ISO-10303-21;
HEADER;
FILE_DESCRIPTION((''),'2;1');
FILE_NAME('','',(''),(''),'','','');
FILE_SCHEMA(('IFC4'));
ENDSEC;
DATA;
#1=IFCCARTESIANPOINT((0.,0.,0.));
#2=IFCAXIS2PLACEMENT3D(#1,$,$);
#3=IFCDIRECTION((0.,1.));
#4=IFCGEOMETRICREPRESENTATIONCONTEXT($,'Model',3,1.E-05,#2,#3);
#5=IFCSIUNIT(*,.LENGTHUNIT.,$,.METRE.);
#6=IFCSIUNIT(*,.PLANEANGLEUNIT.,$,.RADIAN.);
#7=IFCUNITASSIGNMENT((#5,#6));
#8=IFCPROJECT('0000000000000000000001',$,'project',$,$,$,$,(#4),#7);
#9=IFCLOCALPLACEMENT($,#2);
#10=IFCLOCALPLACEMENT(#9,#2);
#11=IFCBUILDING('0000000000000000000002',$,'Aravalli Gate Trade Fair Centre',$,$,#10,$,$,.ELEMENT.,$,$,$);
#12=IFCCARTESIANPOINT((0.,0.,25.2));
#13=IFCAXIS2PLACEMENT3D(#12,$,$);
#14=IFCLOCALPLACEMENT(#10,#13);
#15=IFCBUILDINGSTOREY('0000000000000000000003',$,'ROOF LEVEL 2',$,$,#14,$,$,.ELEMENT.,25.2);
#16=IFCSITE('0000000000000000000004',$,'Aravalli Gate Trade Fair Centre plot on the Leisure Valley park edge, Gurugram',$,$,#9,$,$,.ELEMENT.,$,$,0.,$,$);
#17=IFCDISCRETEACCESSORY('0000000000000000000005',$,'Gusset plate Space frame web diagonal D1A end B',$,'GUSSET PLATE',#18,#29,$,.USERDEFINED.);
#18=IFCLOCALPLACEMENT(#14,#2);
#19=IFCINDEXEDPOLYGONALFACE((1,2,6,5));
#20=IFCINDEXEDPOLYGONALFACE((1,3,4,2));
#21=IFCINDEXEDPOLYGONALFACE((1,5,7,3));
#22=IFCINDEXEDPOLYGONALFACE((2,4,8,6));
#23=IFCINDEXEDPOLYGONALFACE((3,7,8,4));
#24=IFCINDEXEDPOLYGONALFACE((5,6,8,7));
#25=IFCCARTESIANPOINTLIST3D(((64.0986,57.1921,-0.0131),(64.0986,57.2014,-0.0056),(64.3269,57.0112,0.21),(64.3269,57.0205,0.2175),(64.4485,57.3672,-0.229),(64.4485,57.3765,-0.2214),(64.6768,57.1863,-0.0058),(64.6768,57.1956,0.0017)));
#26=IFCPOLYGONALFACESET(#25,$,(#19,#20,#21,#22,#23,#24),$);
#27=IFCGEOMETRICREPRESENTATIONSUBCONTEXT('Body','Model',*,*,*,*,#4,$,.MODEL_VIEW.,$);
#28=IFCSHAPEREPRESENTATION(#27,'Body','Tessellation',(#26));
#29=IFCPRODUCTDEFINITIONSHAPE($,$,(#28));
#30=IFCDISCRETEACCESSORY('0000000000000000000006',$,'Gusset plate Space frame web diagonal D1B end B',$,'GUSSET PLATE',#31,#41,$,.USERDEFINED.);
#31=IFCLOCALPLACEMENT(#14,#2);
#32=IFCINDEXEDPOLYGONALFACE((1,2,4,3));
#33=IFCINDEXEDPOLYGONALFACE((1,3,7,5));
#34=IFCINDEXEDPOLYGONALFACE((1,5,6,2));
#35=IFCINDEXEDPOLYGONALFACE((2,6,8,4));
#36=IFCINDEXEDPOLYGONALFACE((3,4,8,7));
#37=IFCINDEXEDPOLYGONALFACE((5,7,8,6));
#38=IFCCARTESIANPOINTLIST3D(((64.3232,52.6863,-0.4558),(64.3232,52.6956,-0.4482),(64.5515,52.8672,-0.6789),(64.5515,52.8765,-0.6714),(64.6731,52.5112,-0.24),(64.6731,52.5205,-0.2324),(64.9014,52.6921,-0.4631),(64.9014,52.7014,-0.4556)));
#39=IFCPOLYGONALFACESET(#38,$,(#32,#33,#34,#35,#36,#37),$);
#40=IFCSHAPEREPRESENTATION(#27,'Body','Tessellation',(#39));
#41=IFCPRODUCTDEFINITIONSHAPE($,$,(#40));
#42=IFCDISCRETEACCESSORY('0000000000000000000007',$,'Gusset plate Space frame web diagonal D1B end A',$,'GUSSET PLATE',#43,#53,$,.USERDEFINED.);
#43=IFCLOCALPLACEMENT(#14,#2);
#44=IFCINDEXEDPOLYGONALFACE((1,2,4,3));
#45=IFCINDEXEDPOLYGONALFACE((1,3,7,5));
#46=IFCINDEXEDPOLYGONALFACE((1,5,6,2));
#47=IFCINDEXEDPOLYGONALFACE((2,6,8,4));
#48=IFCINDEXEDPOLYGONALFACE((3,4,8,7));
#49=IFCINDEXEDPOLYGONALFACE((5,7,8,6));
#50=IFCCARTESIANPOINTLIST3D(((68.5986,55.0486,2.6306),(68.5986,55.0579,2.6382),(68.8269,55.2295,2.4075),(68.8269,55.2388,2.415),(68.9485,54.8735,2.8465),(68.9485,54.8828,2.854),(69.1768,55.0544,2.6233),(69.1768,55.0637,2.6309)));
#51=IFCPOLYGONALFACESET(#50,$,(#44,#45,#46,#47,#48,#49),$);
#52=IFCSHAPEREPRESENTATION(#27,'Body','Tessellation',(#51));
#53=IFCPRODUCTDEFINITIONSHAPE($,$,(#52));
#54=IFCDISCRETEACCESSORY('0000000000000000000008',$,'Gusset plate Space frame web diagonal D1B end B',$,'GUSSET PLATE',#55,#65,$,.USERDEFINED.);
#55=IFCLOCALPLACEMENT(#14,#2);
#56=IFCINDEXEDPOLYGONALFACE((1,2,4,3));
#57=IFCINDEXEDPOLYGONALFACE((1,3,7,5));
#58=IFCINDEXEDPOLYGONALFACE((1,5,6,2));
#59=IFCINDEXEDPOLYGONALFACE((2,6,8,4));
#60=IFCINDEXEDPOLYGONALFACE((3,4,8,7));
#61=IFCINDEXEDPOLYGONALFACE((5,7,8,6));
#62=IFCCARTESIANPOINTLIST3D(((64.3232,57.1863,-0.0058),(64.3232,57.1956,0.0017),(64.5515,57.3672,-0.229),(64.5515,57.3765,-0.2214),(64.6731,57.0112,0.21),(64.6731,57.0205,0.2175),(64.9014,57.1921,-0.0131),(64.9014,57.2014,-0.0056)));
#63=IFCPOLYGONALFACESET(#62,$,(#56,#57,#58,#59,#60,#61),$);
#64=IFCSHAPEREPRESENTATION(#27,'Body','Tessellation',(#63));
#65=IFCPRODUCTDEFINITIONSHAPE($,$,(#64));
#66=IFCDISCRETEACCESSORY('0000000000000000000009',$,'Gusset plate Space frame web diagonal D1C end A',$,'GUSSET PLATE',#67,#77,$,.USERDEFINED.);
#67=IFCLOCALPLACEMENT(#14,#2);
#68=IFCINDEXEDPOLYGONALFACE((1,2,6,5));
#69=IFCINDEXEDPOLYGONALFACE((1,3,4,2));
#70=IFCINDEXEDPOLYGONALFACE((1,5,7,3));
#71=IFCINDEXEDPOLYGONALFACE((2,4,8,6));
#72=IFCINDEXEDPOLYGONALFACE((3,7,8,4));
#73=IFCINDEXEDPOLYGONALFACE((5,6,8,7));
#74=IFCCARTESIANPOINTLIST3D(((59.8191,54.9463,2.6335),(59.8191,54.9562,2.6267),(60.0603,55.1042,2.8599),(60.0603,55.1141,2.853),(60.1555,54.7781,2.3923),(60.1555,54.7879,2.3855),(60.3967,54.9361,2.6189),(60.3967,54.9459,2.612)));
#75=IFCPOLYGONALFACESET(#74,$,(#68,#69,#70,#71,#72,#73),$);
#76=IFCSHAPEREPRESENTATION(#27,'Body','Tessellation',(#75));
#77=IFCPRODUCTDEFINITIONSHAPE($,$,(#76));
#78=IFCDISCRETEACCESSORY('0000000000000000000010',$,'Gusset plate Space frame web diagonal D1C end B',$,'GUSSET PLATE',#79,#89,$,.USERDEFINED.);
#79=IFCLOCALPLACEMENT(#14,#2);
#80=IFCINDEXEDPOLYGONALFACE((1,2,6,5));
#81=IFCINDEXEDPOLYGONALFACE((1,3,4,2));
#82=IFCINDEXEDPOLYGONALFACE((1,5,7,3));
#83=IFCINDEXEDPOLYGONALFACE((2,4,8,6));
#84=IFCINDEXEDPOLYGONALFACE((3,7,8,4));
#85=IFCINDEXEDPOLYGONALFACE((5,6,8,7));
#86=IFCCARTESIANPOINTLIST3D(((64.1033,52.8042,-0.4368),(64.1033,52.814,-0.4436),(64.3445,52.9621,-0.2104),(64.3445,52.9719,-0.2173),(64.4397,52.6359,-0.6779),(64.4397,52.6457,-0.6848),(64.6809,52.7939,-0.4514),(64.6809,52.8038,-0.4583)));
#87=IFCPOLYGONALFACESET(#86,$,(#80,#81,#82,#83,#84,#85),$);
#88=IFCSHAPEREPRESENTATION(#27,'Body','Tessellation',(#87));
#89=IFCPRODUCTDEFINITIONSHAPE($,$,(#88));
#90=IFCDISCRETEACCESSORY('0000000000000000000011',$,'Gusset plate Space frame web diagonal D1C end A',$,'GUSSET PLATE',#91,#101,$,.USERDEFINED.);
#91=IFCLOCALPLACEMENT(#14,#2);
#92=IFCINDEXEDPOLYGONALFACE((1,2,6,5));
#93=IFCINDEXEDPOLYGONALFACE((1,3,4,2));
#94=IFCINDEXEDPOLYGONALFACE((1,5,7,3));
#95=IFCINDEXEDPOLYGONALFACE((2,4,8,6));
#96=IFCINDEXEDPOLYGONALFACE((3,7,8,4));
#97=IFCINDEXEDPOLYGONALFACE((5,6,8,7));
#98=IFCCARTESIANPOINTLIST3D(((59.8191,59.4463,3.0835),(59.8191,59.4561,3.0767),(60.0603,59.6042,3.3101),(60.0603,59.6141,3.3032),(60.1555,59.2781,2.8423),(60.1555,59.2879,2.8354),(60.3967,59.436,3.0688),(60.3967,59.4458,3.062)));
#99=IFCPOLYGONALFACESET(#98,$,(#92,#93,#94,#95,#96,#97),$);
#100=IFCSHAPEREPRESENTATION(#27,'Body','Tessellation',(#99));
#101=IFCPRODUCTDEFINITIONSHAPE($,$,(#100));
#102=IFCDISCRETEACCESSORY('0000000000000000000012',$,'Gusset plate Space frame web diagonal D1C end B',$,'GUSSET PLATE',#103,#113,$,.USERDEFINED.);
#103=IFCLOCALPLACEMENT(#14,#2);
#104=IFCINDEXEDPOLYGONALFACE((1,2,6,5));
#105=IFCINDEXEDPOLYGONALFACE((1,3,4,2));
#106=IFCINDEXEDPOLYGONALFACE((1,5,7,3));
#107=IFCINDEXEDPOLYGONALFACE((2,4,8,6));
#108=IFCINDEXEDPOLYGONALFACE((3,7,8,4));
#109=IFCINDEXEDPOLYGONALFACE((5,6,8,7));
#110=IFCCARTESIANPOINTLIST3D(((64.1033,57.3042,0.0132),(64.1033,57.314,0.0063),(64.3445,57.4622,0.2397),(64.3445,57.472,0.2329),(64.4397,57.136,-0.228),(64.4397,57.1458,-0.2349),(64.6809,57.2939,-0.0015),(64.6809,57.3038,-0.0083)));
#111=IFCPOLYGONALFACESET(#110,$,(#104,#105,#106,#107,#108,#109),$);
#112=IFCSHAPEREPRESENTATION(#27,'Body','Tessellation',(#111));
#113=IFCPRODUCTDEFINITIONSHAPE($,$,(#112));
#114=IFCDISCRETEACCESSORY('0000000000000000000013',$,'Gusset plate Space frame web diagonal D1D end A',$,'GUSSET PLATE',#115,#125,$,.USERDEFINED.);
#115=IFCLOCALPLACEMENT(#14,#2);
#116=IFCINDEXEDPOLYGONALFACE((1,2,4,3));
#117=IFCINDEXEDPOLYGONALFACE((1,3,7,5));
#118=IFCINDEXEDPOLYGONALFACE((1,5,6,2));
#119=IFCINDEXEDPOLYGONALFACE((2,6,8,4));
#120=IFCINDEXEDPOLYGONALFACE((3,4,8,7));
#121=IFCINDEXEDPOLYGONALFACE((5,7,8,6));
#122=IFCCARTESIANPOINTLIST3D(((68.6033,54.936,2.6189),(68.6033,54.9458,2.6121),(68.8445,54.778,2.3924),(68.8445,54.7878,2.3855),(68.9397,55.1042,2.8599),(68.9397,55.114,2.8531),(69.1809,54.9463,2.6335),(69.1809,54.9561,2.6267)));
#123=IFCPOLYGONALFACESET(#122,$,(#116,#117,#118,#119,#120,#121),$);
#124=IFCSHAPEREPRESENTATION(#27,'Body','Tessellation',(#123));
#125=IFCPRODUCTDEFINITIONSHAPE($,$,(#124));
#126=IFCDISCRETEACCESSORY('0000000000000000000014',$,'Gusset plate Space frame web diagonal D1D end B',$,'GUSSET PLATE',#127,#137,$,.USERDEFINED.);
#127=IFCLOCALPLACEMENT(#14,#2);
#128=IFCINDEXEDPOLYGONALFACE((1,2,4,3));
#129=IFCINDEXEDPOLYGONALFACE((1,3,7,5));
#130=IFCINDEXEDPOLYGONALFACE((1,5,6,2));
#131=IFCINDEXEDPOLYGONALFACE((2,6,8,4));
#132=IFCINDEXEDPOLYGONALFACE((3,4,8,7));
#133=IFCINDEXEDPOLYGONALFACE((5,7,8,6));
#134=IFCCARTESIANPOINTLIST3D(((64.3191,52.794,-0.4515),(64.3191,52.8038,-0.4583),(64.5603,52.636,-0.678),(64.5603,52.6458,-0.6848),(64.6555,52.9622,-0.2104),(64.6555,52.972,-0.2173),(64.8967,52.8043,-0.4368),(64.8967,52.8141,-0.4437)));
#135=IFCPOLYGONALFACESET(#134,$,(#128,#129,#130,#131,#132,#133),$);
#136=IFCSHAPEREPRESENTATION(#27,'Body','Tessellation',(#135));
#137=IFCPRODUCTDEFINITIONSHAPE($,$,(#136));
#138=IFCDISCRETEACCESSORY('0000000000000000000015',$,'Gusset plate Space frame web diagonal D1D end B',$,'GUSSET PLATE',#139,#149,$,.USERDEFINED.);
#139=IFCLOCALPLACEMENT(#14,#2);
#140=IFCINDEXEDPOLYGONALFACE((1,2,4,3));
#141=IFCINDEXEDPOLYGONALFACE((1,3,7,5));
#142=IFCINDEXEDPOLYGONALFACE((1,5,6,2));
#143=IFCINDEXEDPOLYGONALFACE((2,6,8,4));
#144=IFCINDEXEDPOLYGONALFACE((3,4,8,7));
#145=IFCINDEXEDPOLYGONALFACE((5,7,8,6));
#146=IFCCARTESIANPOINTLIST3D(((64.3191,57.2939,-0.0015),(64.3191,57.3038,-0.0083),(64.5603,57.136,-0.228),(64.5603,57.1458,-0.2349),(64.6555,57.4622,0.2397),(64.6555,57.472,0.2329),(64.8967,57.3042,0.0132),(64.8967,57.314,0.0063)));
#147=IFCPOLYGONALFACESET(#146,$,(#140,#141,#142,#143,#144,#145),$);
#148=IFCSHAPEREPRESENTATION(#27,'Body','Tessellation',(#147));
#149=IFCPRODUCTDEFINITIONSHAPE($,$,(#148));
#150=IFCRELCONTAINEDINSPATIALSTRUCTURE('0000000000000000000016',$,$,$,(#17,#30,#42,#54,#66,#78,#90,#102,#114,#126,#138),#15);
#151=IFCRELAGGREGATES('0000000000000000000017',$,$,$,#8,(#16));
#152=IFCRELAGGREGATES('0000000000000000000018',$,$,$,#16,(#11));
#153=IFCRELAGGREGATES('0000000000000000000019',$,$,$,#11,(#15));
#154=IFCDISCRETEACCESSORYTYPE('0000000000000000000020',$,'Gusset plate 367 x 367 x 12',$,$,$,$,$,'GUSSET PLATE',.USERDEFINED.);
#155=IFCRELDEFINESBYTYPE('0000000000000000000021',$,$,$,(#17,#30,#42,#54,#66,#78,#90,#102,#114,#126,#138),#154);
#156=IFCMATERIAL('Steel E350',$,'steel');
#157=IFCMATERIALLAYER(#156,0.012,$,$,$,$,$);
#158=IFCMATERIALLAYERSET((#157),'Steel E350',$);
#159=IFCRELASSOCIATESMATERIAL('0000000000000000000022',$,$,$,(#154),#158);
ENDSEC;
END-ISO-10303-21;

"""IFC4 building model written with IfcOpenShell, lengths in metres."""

from ifc_helpers import new_model, si_unit, direction, frame, origin, place, context, subcontext, project, spatial, polyline, outline, extrude, material, layer, layer_set, type_object, element, save


model = new_model("IFC4")

# Units and contexts
model_context = context("Model", 3, precision=1e-05, world=origin(), true_north=direction((0.0, 1.0)))
body_context = subcontext(model_context, "Body", "Model", "MODEL_VIEW")
ifc_project = project(units=[si_unit("LENGTHUNIT", "METRE"), si_unit("PLANEANGLEUNIT", "RADIAN")], contexts=[model_context])

# Site, building, storey
site_placement = place(None, origin())
site = spatial("IfcSite", under=ifc_project, at=site_placement, Name="Aravalli Gate Trade Fair Centre plot on the Leisure Valley park edge, Gurugram", CompositionType="ELEMENT", RefElevation=0.0)
building_placement = place(site_placement, origin())
building = spatial("IfcBuilding", under=site, at=building_placement, Name="Aravalli Gate Trade Fair Centre", CompositionType="ELEMENT")
storey_placement = place(building_placement, frame((0.0, 0.0, 25.2)))
storey = spatial("IfcBuildingStorey", under=building, at=storey_placement, Name="ROOF LEVEL 2", CompositionType="ELEMENT", Elevation=25.2)

# Shared definitions
ifc_material = material(Name="Steel E350", Category="steel")

# Discrete accessories
ifc_layer = layer(ifc_material, 0.012)
ifc_layer_set = layer_set([ifc_layer], Name="Steel E350")
discrete_accessory_type = type_object("IfcDiscreteAccessoryType", Name="Gusset plate 367 x 367 x 12", ElementType="GUSSET PLATE", PredefinedType="USERDEFINED", material=ifc_layer_set)
discrete_accessory_1_placement = place(storey_placement, frame((64.0986, 57.2014, -0.0056), z_axis=(-0.000107, 0.776736, 0.629826), x_axis=(0.783044, 0.391795, -0.48305)))
element("IfcDiscreteAccessory", 1, at=discrete_accessory_1_placement, inside=storey, type_object=discrete_accessory_type, Name="Gusset plate Space frame web diagonal D1A end B", ObjectType="GUSSET PLATE", PredefinedType="USERDEFINED", context=body_context, shape_type="SweptSolid", body=[
    extrude(outline(polyline([(0.0, 0.0), (0.4468, 0.0), (0.4469, -0.3669), (0.0001, -0.3669), (0.0, 0.0)])), origin(), (0.0, 0.0, -1.0), 0.012),
])
discrete_accessory_2_placement = place(storey_placement, frame((64.6731, 52.5205, -0.2324), z_axis=(0.000107, 0.776736, 0.629826), x_axis=(-0.783044, 0.391795, -0.48305)))
element("IfcDiscreteAccessory", 2, at=discrete_accessory_2_placement, inside=storey, type_object=discrete_accessory_type, Name="Gusset plate Space frame web diagonal D1B end B", ObjectType="GUSSET PLATE", PredefinedType="USERDEFINED", context=body_context, shape_type="SweptSolid", body=[
    extrude(outline(polyline([(0.0, 0.0), (0.4468, 0.0), (0.4467, -0.3669), (-0.0001, -0.3669), (0.0, 0.0)])), origin(), (0.0, 0.0, -1.0), 0.012),
])
discrete_accessory_3_placement = place(storey_placement, frame((68.5986, 55.0579, 2.6382), z_axis=(0.000107, 0.776736, 0.629826), x_axis=(0.783044, -0.391795, 0.48305)))
element("IfcDiscreteAccessory", 3, at=discrete_accessory_3_placement, inside=storey, type_object=discrete_accessory_type, Name="Gusset plate Space frame web diagonal D1B end A", ObjectType="GUSSET PLATE", PredefinedType="USERDEFINED", context=body_context, shape_type="SweptSolid", body=[
    extrude(outline(polyline([(0.0, 0.0), (0.4468, 0.0), (0.4469, 0.3669), (0.0001, 0.3669), (0.0, 0.0)])), origin(), (0.0, 0.0, -1.0), 0.012),
])
discrete_accessory_4_placement = place(storey_placement, frame((64.6731, 57.0205, 0.2175), z_axis=(0.000107, 0.776736, 0.629826), x_axis=(-0.783044, 0.391795, -0.48305)))
element("IfcDiscreteAccessory", 4, at=discrete_accessory_4_placement, inside=storey, type_object=discrete_accessory_type, Name="Gusset plate Space frame web diagonal D1B end B", ObjectType="GUSSET PLATE", PredefinedType="USERDEFINED", context=body_context, shape_type="SweptSolid", body=[
    extrude(outline(polyline([(0.0, 0.0), (0.4468, 0.0), (0.4467, -0.3669), (-0.0001, -0.3669), (0.0, 0.0)])), origin(), (0.0, 0.0, -1.0), 0.012),
])
discrete_accessory_5_placement = place(storey_placement, frame((60.1555, 54.7781, 2.3923), z_axis=(-0.000049, -0.820141, 0.572161), x_axis=(-0.75291, 0.376583, 0.539733)))
element("IfcDiscreteAccessory", 5, at=discrete_accessory_5_placement, inside=storey, type_object=discrete_accessory_type, Name="Gusset plate Space frame web diagonal D1C end A", ObjectType="GUSSET PLATE", PredefinedType="USERDEFINED", context=body_context, shape_type="SweptSolid", body=[
    extrude(outline(polyline([(0.0, 0.0), (0.4468, 0.0), (0.4469, -0.3665), (0.0002, -0.3667), (0.0, 0.0)])), origin(), (0.0, 0.0, -1.0), 0.012),
])
discrete_accessory_6_placement = place(storey_placement, frame((64.1033, 52.8042, -0.4368), z_axis=(-0.000049, -0.820141, 0.572161), x_axis=(0.75291, -0.376583, -0.539733)))
element("IfcDiscreteAccessory", 6, at=discrete_accessory_6_placement, inside=storey, type_object=discrete_accessory_type, Name="Gusset plate Space frame web diagonal D1C end B", ObjectType="GUSSET PLATE", PredefinedType="USERDEFINED", context=body_context, shape_type="SweptSolid", body=[
    extrude(outline(polyline([(0.0, 0.0), (0.4468, 0.0), (0.4467, 0.3667), (0.0, 0.3665), (0.0, 0.0)])), origin(), (0.0, 0.0, -1.0), 0.012),
])
discrete_accessory_7_placement = place(storey_placement, frame((60.1555, 59.2781, 2.8423), z_axis=(-0.000057, -0.820282, 0.57196), x_axis=(-0.75291, 0.376455, 0.539822)))
element("IfcDiscreteAccessory", 7, at=discrete_accessory_7_placement, inside=storey, type_object=discrete_accessory_type, Name="Gusset plate Space frame web diagonal D1C end A", ObjectType="GUSSET PLATE", PredefinedType="USERDEFINED", context=body_context, shape_type="SweptSolid", body=[
    extrude(outline(polyline([(0.0, 0.0), (0.4468, 0.0), (0.447, -0.3667), (0.0002, -0.3667), (0.0, 0.0)])), origin(), (0.0, 0.0, -1.0), 0.012),
])
discrete_accessory_8_placement = place(storey_placement, frame((64.1033, 57.3042, 0.0132), z_axis=(-0.000057, -0.820282, 0.57196), x_axis=(0.75291, -0.376455, -0.539822)))
element("IfcDiscreteAccessory", 8, at=discrete_accessory_8_placement, inside=storey, type_object=discrete_accessory_type, Name="Gusset plate Space frame web diagonal D1C end B", ObjectType="GUSSET PLATE", PredefinedType="USERDEFINED", context=body_context, shape_type="SweptSolid", body=[
    extrude(outline(polyline([(0.0, 0.0), (0.4468, 0.0), (0.4467, 0.3667), (-0.0002, 0.3667), (0.0, 0.0)])), origin(), (0.0, 0.0, -1.0), 0.012),
])
discrete_accessory_9_placement = place(storey_placement, frame((68.6033, 54.936, 2.6189), z_axis=(0.000049, -0.820141, 0.572161), x_axis=(0.753132, 0.376438, 0.539524)))
element("IfcDiscreteAccessory", 9, at=discrete_accessory_9_placement, inside=storey, type_object=discrete_accessory_type, Name="Gusset plate Space frame web diagonal D1D end A", ObjectType="GUSSET PLATE", PredefinedType="USERDEFINED", context=body_context, shape_type="SweptSolid", body=[
    extrude(outline(polyline([(0.0, 0.0), (0.4467, 0.0), (0.4468, -0.3665), (0.0, -0.3667), (0.0, 0.0)])), origin(), (0.0, 0.0, -1.0), 0.012),
])
discrete_accessory_10_placement = place(storey_placement, frame((64.6555, 52.9622, -0.2104), z_axis=(0.000049, -0.820141, 0.572161), x_axis=(-0.753132, -0.376438, -0.539524)))
element("IfcDiscreteAccessory", 10, at=discrete_accessory_10_placement, inside=storey, type_object=discrete_accessory_type, Name="Gusset plate Space frame web diagonal D1D end B", ObjectType="GUSSET PLATE", PredefinedType="USERDEFINED", context=body_context, shape_type="SweptSolid", body=[
    extrude(outline(polyline([(0.0, 0.0), (0.4467, 0.0), (0.4467, 0.3667), (-0.0001, 0.3665), (0.0, 0.0)])), origin(), (0.0, 0.0, -1.0), 0.012),
])
discrete_accessory_11_placement = place(storey_placement, frame((64.6555, 57.4622, 0.2397), z_axis=(0.000057, -0.820282, 0.57196), x_axis=(-0.75291, -0.376455, -0.539822)))
element("IfcDiscreteAccessory", 11, at=discrete_accessory_11_placement, inside=storey, type_object=discrete_accessory_type, Name="Gusset plate Space frame web diagonal D1D end B", ObjectType="GUSSET PLATE", PredefinedType="USERDEFINED", context=body_context, shape_type="SweptSolid", body=[
    extrude(outline(polyline([(0.0, 0.0), (0.4468, 0.0), (0.447, 0.3667), (0.0002, 0.3667), (0.0, 0.0)])), origin(), (0.0, 0.0, -1.0), 0.012),
])

save(model, "model.ifc")
